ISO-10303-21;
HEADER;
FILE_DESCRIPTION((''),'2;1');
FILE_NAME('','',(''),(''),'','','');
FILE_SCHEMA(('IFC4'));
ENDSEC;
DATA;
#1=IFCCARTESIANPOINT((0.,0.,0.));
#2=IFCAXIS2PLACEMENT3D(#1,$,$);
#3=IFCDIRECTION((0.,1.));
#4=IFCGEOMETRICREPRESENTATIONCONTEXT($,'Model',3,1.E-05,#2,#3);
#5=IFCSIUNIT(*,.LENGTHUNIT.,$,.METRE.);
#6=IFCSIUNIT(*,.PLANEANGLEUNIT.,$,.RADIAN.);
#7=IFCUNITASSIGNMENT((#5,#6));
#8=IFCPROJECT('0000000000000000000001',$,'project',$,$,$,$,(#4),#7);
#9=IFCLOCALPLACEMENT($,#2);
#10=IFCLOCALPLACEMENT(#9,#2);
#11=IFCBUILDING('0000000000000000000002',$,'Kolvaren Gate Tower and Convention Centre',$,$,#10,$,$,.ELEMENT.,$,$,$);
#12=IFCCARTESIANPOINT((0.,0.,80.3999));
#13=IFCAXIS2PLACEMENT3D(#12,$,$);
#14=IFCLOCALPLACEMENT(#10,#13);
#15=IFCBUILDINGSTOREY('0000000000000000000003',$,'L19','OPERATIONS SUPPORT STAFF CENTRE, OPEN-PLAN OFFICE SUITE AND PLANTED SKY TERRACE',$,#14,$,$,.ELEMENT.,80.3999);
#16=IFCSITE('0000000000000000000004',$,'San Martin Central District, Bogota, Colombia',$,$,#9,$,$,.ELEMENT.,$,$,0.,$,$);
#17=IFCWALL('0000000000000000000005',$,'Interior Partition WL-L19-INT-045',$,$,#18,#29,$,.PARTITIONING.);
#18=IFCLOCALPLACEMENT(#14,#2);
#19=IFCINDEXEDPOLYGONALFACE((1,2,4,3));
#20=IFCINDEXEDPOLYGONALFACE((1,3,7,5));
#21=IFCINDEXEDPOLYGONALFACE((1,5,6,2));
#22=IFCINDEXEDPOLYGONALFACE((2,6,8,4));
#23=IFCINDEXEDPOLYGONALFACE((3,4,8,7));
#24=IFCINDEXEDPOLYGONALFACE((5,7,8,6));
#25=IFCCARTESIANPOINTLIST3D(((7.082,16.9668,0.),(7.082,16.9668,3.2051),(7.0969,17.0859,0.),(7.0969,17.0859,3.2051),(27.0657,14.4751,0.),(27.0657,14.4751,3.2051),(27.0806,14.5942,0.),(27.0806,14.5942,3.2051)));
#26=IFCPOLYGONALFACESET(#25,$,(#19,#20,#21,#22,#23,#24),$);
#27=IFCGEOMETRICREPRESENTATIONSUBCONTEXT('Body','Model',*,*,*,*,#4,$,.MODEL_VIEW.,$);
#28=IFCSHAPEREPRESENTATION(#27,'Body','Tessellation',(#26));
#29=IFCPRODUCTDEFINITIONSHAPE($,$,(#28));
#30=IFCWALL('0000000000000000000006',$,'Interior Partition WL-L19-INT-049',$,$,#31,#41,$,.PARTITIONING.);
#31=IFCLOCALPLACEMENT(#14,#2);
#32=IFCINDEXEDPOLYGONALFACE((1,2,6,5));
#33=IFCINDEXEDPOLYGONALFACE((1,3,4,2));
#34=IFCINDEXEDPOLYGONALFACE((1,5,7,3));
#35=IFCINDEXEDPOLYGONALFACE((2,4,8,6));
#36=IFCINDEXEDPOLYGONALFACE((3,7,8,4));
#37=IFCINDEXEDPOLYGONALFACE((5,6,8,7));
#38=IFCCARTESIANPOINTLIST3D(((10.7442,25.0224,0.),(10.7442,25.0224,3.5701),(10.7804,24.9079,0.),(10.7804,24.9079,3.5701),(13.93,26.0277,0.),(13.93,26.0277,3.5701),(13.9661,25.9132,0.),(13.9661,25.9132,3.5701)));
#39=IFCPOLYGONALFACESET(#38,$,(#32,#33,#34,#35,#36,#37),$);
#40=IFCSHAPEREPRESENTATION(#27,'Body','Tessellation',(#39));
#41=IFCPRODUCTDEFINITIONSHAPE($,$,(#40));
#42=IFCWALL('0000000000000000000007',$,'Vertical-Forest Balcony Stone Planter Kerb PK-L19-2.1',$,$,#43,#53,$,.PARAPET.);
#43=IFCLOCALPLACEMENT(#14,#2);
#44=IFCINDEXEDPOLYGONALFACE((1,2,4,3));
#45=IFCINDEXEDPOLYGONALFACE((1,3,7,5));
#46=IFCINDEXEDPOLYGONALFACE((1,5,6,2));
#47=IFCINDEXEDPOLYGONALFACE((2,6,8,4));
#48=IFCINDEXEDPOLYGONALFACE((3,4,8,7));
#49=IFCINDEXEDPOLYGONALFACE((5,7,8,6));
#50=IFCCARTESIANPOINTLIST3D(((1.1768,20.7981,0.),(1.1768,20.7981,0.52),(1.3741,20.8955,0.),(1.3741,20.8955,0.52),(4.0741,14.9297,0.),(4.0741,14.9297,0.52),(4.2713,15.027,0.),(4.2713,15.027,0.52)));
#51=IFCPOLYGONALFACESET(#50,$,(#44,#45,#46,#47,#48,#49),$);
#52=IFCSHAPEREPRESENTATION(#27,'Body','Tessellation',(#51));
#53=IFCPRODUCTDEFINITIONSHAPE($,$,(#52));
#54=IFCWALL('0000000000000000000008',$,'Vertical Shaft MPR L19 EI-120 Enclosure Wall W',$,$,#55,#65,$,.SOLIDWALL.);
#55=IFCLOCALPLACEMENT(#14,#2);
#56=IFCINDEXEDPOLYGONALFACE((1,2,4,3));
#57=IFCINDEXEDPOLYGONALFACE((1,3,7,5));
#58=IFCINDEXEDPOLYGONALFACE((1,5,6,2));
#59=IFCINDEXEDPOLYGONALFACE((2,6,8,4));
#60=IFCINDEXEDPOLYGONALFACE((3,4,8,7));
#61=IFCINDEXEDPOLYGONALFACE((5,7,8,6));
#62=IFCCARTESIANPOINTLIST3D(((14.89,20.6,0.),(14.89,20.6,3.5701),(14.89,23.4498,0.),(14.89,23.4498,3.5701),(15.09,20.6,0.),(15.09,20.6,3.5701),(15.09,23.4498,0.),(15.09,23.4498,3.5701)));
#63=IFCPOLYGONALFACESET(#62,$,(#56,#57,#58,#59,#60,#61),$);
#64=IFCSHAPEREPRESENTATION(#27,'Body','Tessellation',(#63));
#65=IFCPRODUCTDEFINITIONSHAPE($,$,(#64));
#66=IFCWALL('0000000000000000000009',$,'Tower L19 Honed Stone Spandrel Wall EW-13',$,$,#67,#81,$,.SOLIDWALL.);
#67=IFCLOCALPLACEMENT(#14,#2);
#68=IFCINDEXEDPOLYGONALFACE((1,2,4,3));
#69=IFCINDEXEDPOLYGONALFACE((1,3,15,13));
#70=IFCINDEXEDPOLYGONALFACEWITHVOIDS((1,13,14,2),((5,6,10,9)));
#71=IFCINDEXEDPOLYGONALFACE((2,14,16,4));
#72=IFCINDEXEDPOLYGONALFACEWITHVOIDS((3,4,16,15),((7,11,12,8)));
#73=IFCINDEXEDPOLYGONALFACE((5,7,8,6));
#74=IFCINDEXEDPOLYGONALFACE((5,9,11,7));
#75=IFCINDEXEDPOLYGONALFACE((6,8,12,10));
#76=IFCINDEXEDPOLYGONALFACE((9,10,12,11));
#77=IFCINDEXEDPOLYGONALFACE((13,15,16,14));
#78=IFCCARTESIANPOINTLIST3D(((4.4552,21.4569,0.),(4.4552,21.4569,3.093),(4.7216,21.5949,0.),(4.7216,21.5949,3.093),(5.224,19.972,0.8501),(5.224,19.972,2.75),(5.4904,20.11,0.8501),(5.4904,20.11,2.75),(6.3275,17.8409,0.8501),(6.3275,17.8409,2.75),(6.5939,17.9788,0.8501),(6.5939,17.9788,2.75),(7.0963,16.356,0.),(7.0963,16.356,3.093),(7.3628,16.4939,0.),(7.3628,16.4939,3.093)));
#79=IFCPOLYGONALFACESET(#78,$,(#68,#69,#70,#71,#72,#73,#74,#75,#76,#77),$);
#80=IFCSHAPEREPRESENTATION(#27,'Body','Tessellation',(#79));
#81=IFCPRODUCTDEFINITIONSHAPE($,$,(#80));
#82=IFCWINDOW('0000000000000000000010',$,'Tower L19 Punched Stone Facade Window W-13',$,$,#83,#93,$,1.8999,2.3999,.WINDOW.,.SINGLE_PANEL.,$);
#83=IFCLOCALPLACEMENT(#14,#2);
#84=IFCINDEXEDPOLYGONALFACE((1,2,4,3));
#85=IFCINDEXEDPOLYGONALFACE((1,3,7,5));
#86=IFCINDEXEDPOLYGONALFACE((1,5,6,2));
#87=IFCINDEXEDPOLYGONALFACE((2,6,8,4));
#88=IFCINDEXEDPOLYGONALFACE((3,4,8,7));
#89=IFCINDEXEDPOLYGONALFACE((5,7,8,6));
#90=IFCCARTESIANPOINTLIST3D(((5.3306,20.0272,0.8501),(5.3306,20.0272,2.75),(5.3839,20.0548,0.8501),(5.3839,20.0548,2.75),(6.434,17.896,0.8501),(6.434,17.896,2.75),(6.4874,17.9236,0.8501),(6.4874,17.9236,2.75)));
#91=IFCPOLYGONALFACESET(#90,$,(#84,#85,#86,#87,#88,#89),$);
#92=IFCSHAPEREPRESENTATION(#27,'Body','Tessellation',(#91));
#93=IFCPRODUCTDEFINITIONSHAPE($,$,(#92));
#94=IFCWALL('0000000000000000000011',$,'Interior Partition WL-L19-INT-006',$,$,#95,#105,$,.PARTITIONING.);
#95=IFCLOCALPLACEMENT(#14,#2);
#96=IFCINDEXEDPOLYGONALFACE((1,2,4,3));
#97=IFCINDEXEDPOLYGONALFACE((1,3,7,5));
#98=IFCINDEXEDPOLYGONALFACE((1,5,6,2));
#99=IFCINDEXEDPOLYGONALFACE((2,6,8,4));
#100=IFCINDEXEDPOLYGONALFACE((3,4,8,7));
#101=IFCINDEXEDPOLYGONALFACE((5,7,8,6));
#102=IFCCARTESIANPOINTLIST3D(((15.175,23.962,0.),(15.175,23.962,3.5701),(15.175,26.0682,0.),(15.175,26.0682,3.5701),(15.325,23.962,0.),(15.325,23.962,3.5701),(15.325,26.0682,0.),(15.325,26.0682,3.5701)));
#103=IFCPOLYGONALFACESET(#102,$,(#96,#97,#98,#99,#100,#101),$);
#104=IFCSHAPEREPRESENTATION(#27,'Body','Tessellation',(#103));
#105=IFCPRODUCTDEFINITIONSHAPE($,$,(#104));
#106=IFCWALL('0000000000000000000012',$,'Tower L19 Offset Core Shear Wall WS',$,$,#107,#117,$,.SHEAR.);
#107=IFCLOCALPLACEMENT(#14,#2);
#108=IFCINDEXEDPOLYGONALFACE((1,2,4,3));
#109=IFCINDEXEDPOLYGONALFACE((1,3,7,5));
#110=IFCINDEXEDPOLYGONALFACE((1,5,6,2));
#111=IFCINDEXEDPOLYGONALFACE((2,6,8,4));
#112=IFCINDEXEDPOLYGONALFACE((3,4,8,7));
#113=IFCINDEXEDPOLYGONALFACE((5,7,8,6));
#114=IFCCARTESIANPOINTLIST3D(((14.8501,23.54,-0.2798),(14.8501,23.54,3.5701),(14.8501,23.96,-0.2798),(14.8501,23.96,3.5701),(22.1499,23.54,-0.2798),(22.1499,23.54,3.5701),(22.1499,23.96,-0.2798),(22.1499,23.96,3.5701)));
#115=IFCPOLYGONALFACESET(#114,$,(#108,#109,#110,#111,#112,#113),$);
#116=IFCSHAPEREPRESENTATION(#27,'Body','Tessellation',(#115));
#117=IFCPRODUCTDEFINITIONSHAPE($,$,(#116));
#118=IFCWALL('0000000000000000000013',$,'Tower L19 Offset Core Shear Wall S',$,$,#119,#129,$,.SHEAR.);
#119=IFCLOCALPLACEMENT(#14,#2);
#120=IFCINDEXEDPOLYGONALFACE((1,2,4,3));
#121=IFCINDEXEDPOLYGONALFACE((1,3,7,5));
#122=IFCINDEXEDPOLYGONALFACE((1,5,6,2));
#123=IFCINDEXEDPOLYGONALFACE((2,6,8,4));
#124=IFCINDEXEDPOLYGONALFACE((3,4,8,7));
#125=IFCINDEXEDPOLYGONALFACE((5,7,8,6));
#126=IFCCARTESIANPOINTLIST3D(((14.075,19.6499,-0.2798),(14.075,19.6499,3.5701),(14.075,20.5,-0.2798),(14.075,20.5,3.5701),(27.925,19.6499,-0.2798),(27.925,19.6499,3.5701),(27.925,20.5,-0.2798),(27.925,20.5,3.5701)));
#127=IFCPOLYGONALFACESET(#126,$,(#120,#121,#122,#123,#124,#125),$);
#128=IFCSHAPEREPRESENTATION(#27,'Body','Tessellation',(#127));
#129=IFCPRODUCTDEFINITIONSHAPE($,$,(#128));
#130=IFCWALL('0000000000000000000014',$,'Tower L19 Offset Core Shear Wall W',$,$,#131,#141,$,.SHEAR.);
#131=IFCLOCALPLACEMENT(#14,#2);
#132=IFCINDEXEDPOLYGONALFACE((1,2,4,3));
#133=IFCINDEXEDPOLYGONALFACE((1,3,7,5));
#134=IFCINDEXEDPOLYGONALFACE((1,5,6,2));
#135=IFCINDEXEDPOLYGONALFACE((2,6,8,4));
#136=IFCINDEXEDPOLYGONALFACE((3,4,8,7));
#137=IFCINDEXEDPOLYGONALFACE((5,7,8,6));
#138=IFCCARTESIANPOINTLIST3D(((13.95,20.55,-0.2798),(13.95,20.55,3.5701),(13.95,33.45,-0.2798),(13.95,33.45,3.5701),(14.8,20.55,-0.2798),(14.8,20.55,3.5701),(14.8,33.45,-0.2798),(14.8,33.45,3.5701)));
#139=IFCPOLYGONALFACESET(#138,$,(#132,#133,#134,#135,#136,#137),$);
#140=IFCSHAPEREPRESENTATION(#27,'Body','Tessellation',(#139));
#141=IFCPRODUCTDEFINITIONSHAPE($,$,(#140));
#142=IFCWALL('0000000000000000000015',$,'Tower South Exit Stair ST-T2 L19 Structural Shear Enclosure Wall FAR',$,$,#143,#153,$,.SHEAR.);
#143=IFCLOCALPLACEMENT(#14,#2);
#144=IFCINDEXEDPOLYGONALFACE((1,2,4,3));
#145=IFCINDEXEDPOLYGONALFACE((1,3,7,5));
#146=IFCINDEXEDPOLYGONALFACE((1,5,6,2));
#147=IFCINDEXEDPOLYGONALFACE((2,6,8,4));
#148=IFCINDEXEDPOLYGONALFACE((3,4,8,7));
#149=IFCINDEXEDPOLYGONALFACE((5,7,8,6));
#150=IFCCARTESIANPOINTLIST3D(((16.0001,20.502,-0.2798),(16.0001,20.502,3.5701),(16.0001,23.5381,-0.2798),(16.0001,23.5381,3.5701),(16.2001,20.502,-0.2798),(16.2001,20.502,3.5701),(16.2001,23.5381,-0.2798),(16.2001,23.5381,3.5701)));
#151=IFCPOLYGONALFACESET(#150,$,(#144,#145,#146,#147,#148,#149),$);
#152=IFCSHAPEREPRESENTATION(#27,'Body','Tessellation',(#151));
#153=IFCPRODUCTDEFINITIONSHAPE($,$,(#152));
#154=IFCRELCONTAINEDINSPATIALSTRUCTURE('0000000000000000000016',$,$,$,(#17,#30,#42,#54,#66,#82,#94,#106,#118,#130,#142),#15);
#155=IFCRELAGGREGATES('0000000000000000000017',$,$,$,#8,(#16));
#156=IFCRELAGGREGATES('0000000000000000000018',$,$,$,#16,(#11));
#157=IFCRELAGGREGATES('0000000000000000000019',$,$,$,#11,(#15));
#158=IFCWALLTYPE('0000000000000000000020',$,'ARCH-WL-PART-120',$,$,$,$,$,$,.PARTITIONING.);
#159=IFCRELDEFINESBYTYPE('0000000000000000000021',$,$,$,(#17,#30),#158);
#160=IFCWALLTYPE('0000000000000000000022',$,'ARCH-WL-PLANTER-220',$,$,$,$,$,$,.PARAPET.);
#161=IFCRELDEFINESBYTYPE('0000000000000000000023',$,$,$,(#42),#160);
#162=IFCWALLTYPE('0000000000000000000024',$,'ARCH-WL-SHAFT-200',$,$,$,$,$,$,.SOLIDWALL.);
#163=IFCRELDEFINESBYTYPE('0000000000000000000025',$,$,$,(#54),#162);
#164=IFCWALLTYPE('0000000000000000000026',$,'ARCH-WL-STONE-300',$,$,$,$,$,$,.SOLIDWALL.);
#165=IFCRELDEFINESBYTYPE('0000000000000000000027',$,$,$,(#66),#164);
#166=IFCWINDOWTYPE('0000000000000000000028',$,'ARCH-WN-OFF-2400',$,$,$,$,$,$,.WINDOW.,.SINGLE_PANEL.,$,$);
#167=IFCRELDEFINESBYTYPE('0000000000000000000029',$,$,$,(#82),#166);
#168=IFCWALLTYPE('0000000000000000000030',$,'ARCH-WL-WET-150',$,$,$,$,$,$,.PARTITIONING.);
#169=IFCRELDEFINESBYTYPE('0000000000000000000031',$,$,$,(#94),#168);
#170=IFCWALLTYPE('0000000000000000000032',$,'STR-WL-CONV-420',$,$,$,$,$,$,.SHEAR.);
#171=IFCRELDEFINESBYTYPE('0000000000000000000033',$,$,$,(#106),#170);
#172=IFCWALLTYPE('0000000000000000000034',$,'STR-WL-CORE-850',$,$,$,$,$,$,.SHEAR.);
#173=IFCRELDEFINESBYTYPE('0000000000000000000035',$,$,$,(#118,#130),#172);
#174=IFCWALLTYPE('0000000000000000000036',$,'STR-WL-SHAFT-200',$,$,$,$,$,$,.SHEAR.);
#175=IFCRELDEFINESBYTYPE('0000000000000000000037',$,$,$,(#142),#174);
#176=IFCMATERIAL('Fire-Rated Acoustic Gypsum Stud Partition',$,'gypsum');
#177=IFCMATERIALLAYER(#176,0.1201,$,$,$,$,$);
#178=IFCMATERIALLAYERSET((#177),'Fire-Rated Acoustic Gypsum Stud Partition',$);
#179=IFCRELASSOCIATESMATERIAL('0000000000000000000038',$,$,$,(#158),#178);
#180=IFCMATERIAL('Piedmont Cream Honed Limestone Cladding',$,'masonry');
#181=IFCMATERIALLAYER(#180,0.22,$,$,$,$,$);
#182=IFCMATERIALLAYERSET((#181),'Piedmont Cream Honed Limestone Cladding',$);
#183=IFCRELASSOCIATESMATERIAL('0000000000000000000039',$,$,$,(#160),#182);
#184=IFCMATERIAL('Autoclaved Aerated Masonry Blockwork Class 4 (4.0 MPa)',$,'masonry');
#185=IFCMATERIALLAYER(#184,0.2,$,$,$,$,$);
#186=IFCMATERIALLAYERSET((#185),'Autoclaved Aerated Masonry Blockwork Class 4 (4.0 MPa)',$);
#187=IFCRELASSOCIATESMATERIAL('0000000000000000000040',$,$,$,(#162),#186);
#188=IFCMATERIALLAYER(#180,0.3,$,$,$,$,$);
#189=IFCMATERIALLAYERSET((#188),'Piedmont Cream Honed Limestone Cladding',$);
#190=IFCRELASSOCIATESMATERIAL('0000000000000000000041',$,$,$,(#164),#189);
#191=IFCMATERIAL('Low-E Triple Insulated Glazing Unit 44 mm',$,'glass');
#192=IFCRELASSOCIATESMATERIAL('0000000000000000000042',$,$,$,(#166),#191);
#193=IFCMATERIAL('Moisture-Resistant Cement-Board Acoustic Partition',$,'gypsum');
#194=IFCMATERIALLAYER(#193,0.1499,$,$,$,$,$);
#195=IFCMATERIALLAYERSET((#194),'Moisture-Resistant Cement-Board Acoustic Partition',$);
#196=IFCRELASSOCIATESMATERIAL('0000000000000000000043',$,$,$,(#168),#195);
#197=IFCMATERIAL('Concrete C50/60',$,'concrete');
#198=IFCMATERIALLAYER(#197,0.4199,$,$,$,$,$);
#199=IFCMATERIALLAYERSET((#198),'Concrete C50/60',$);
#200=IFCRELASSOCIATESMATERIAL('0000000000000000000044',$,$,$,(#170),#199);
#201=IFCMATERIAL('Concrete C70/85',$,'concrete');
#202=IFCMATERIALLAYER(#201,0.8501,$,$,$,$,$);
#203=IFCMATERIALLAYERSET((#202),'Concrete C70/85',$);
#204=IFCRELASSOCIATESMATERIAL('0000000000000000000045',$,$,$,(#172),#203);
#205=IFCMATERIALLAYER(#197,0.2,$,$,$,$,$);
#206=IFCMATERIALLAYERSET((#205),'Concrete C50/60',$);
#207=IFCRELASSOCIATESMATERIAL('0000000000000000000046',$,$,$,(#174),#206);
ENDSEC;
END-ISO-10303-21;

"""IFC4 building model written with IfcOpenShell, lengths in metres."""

from ifc_helpers import new_model, si_unit, direction, frame, frame_2d, origin, place, context, subcontext, project, spatial, rectangle, extrude, material, layer, layer_set, type_object, element, fill, save


model = new_model("IFC4")

# Units and contexts
model_context = context("Model", 3, precision=1e-05, world=origin(), true_north=direction((0.0, 1.0)))
body_context = subcontext(model_context, "Body", "Model", "MODEL_VIEW")
ifc_project = project(units=[si_unit("LENGTHUNIT", "METRE"), si_unit("PLANEANGLEUNIT", "RADIAN")], contexts=[model_context])

# Site, building, storey
site_placement = place(None, origin())
site = spatial("IfcSite", under=ifc_project, at=site_placement, Name="San Martin Central District, Bogota, Colombia", CompositionType="ELEMENT", RefElevation=0.0)
building_placement = place(site_placement, origin())
building = spatial("IfcBuilding", under=site, at=building_placement, Name="Kolvaren Gate Tower and Convention Centre", CompositionType="ELEMENT")
storey_placement = place(building_placement, frame((0.0, 0.0, 80.3999)))
storey = spatial("IfcBuildingStorey", under=building, at=storey_placement, Name="L19", Description="OPERATIONS SUPPORT STAFF CENTRE, OPEN-PLAN OFFICE SUITE AND PLANTED SKY TERRACE", CompositionType="ELEMENT", Elevation=80.3999)

# Shared definitions
ifc_material_1 = material(Name="Autoclaved Aerated Masonry Blockwork Class 4 (4.0 MPa)", Category="masonry")

# Walls
ifc_material_2 = material(Name="Fire-Rated Acoustic Gypsum Stud Partition", Category="gypsum")
ifc_layer_1 = layer(ifc_material_2, 0.1201)
ifc_layer_set_1 = layer_set([ifc_layer_1], Name="Fire-Rated Acoustic Gypsum Stud Partition")
wall_type_1 = type_object("IfcWallType", Name="ARCH-WL-PART-120", PredefinedType="PARTITIONING", material=ifc_layer_set_1)
wall_1_placement = place(storey_placement, frame((7.0894, 17.0264, 0.0), z_axis=(0.0, 0.0, 1.0), x_axis=(0.992316, -0.123729, 0.0)))
element("IfcWall", 1, at=wall_1_placement, inside=storey, type_object=wall_type_1, Name="Interior Partition WL-L19-INT-045", PredefinedType="PARTITIONING", context=body_context, shape_type="SweptSolid", body=[
    extrude(rectangle(XDim=20.1384, YDim=0.1201, at=frame_2d((10.0693, 0.0))), origin(), (0.0, 0.0, 1.0), 3.2051),
])
wall_2_placement = place(storey_placement, frame((10.7622, 24.9651, 0.0), z_axis=(0.0, 0.0, 1.0), x_axis=(0.95364, 0.300949, 0.0)))
element("IfcWall", 2, at=wall_2_placement, inside=storey, type_object=wall_type_1, Name="Interior Partition WL-L19-INT-049", PredefinedType="PARTITIONING", context=body_context, shape_type="SweptSolid", body=[
    extrude(rectangle(XDim=3.3406, YDim=0.1201, at=frame_2d((1.6704, 0.0))), origin(), (0.0, 0.0, 1.0), 3.5701),
])
ifc_material_3 = material(Name="Piedmont Cream Honed Limestone Cladding", Category="masonry")
ifc_layer_2 = layer(ifc_material_3, 0.22)
ifc_layer_set_2 = layer_set([ifc_layer_2], Name="Piedmont Cream Honed Limestone Cladding")
wall_type_2 = type_object("IfcWallType", Name="ARCH-WL-PLANTER-220", PredefinedType="PARAPET", material=ifc_layer_set_2)
wall_3_placement = place(storey_placement, frame((1.2754, 20.8469, 0.0), z_axis=(0.0, 0.0, 1.0), x_axis=(0.442687, -0.896676, 0.0)))
element("IfcWall", 3, at=wall_3_placement, inside=storey, type_object=wall_type_2, Name="Vertical-Forest Balcony Stone Planter Kerb PK-L19-2.1", PredefinedType="PARAPET", context=body_context, shape_type="SweptSolid", body=[
    extrude(rectangle(XDim=6.5447, YDim=0.22, at=frame_2d((3.2725, 0.0))), origin(), (0.0, 0.0, 1.0), 0.52),
])
ifc_layer_3 = layer(ifc_material_1, 0.2)
ifc_layer_set_3 = layer_set([ifc_layer_3], Name="Autoclaved Aerated Masonry Blockwork Class 4 (4.0 MPa)")
wall_type_3 = type_object("IfcWallType", Name="ARCH-WL-SHAFT-200", PredefinedType="SOLIDWALL", material=ifc_layer_set_3)
wall_4_placement = place(storey_placement, frame((14.99, 20.6001, 0.0), z_axis=(0.0, 0.0, 1.0), x_axis=(0.0, 1.0, 0.0)))
element("IfcWall", 4, at=wall_4_placement, inside=storey, type_object=wall_type_3, Name="Vertical Shaft MPR L19 EI-120 Enclosure Wall W", PredefinedType="SOLIDWALL", context=body_context, shape_type="SweptSolid", body=[
    extrude(rectangle(XDim=2.8499, YDim=0.2, at=frame_2d((1.4248, 0.0))), origin(), (0.0, 0.0, 1.0), 3.5701),
])

# Wall, opening, window
ifc_layer_4 = layer(ifc_material_3, 0.3)
ifc_layer_set_4 = layer_set([ifc_layer_4], Name="Piedmont Cream Honed Limestone Cladding")
wall_type_4 = type_object("IfcWallType", Name="ARCH-WL-STONE-300", PredefinedType="SOLIDWALL", material=ifc_layer_set_4)
wall_5_placement = place(storey_placement, frame((4.5884, 21.5259, 0.0), z_axis=(0.0, 0.0, 1.0), x_axis=(0.459801, -0.888022, 0.0)))
wall_5 = element("IfcWall", 5, at=wall_5_placement, inside=storey, type_object=wall_type_4, Name="Tower L19 Honed Stone Spandrel Wall EW-13", PredefinedType="SOLIDWALL", context=body_context, shape_type="SweptSolid", body=[
    extrude(rectangle(XDim=5.7441, YDim=0.3, at=frame_2d((2.8721, 0.0))), origin(), (0.0, 0.0, 1.0), 3.093),
])
opening_1_placement = place(wall_5_placement, frame((1.6721, 0.0, 0.8501)))
opening_1 = element("IfcOpeningElement", 6, at=opening_1_placement, cuts=wall_5, PredefinedType="OPENING", context=body_context, shape_type="SweptSolid", body=[
    extrude(rectangle(XDim=2.3999, YDim=1.8999, at=frame_2d((1.2, 0.95))), frame((0.0, 0.1599, 0.0), z_axis=(0.0, -1.0, 0.0), x_axis=(1.0, 0.0, 0.0)), (0.0, 0.0, 1.0), 0.3201),
])
ifc_material_4 = material(Name="Low-E Triple Insulated Glazing Unit 44 mm", Category="glass")
window_type = type_object("IfcWindowType", Name="ARCH-WN-OFF-2400", PartitioningType="SINGLE_PANEL", PredefinedType="WINDOW", material=ifc_material_4)
window_placement = place(opening_1_placement, origin())
window = element("IfcWindow", 7, at=window_placement, inside=storey, type_object=window_type, Name="Tower L19 Punched Stone Facade Window W-13", OverallHeight=1.8999, OverallWidth=2.3999, PartitioningType="SINGLE_PANEL", PredefinedType="WINDOW", context=body_context, shape_type="SweptSolid", body=[
    extrude(rectangle(XDim=2.3999, YDim=1.8999, at=frame_2d((1.2, 0.95))), frame((0.0, 0.03, 0.0), z_axis=(0.0, -1.0, 0.0), x_axis=(1.0, 0.0, 0.0)), (0.0, 0.0, 1.0), 0.0601),
])
fill(opening_1, window)

# Walls
ifc_material_5 = material(Name="Moisture-Resistant Cement-Board Acoustic Partition", Category="gypsum")
ifc_layer_5 = layer(ifc_material_5, 0.1499)
ifc_layer_set_5 = layer_set([ifc_layer_5], Name="Moisture-Resistant Cement-Board Acoustic Partition")
wall_type_5 = type_object("IfcWallType", Name="ARCH-WL-WET-150", PredefinedType="PARTITIONING", material=ifc_layer_set_5)
wall_6_placement = place(storey_placement, frame((15.25, 23.9619, 0.0), z_axis=(0.0, 0.0, 1.0), x_axis=(0.0, 1.0, 0.0)))
element("IfcWall", 8, at=wall_6_placement, inside=storey, type_object=wall_type_5, Name="Interior Partition WL-L19-INT-006", PredefinedType="PARTITIONING", context=body_context, shape_type="SweptSolid", body=[
    extrude(rectangle(XDim=2.1062, YDim=0.1499, at=frame_2d((1.0532, 0.0))), origin(), (0.0, 0.0, 1.0), 3.5701),
])
ifc_material_6 = material(Name="Concrete C50/60", Category="concrete")
ifc_layer_6 = layer(ifc_material_6, 0.4199)
ifc_layer_set_6 = layer_set([ifc_layer_6], Name="Concrete C50/60")
wall_type_6 = type_object("IfcWallType", Name="STR-WL-CONV-420", PredefinedType="SHEAR", material=ifc_layer_set_6)
wall_7_placement = place(storey_placement, frame((14.8501, 23.75, -0.2798), z_axis=(0.0, 0.0, 1.0), x_axis=(1.0, 0.0, 0.0)))
element("IfcWall", 9, at=wall_7_placement, inside=storey, type_object=wall_type_6, Name="Tower L19 Offset Core Shear Wall WS", PredefinedType="SHEAR", context=body_context, shape_type="SweptSolid", body=[
    extrude(rectangle(XDim=7.2998, YDim=0.4199, at=frame_2d((3.6499, 0.0))), origin(), (0.0, 0.0, 1.0), 3.8499),
])
ifc_material_7 = material(Name="Concrete C70/85", Category="concrete")
ifc_layer_7 = layer(ifc_material_7, 0.8501)
ifc_layer_set_7 = layer_set([ifc_layer_7], Name="Concrete C70/85")
wall_type_7 = type_object("IfcWallType", Name="STR-WL-CORE-850", PredefinedType="SHEAR", material=ifc_layer_set_7)
wall_8_placement = place(storey_placement, frame((14.075, 20.075, -0.2798), z_axis=(0.0, 0.0, 1.0), x_axis=(1.0, 0.0, 0.0)))
element("IfcWall", 10, at=wall_8_placement, inside=storey, type_object=wall_type_7, Name="Tower L19 Offset Core Shear Wall S", PredefinedType="SHEAR", context=body_context, shape_type="SweptSolid", body=[
    extrude(rectangle(XDim=13.8501, YDim=0.8501, at=frame_2d((6.925, 0.0))), origin(), (0.0, 0.0, 1.0), 3.8499),
])
wall_9_placement = place(storey_placement, frame((14.375, 20.55, -0.2798), z_axis=(0.0, 0.0, 1.0), x_axis=(0.0, 1.0, 0.0)))
element("IfcWall", 11, at=wall_9_placement, inside=storey, type_object=wall_type_7, Name="Tower L19 Offset Core Shear Wall W", PredefinedType="SHEAR", context=body_context, shape_type="SweptSolid", body=[
    extrude(rectangle(XDim=12.8999, YDim=0.8501, at=frame_2d((6.45, 0.0))), origin(), (0.0, 0.0, 1.0), 3.8499),
])
ifc_layer_8 = layer(ifc_material_6, 0.2)
ifc_layer_set_8 = layer_set([ifc_layer_8], Name="Concrete C50/60")
wall_type_8 = type_object("IfcWallType", Name="STR-WL-SHAFT-200", PredefinedType="SHEAR", material=ifc_layer_set_8)
wall_10_placement = place(storey_placement, frame((16.1001, 20.502, -0.2798), z_axis=(0.0, 0.0, 1.0), x_axis=(0.0, 1.0, 0.0)))
element("IfcWall", 12, at=wall_10_placement, inside=storey, type_object=wall_type_8, Name="Tower South Exit Stair ST-T2 L19 Structural Shear Enclosure Wall FAR", PredefinedType="SHEAR", context=body_context, shape_type="SweptSolid", body=[
    extrude(rectangle(XDim=3.0361, YDim=0.2, at=frame_2d((1.5181, 0.0))), origin(), (0.0, 0.0, 1.0), 3.8499),
])

save(model, "model.ifc")
